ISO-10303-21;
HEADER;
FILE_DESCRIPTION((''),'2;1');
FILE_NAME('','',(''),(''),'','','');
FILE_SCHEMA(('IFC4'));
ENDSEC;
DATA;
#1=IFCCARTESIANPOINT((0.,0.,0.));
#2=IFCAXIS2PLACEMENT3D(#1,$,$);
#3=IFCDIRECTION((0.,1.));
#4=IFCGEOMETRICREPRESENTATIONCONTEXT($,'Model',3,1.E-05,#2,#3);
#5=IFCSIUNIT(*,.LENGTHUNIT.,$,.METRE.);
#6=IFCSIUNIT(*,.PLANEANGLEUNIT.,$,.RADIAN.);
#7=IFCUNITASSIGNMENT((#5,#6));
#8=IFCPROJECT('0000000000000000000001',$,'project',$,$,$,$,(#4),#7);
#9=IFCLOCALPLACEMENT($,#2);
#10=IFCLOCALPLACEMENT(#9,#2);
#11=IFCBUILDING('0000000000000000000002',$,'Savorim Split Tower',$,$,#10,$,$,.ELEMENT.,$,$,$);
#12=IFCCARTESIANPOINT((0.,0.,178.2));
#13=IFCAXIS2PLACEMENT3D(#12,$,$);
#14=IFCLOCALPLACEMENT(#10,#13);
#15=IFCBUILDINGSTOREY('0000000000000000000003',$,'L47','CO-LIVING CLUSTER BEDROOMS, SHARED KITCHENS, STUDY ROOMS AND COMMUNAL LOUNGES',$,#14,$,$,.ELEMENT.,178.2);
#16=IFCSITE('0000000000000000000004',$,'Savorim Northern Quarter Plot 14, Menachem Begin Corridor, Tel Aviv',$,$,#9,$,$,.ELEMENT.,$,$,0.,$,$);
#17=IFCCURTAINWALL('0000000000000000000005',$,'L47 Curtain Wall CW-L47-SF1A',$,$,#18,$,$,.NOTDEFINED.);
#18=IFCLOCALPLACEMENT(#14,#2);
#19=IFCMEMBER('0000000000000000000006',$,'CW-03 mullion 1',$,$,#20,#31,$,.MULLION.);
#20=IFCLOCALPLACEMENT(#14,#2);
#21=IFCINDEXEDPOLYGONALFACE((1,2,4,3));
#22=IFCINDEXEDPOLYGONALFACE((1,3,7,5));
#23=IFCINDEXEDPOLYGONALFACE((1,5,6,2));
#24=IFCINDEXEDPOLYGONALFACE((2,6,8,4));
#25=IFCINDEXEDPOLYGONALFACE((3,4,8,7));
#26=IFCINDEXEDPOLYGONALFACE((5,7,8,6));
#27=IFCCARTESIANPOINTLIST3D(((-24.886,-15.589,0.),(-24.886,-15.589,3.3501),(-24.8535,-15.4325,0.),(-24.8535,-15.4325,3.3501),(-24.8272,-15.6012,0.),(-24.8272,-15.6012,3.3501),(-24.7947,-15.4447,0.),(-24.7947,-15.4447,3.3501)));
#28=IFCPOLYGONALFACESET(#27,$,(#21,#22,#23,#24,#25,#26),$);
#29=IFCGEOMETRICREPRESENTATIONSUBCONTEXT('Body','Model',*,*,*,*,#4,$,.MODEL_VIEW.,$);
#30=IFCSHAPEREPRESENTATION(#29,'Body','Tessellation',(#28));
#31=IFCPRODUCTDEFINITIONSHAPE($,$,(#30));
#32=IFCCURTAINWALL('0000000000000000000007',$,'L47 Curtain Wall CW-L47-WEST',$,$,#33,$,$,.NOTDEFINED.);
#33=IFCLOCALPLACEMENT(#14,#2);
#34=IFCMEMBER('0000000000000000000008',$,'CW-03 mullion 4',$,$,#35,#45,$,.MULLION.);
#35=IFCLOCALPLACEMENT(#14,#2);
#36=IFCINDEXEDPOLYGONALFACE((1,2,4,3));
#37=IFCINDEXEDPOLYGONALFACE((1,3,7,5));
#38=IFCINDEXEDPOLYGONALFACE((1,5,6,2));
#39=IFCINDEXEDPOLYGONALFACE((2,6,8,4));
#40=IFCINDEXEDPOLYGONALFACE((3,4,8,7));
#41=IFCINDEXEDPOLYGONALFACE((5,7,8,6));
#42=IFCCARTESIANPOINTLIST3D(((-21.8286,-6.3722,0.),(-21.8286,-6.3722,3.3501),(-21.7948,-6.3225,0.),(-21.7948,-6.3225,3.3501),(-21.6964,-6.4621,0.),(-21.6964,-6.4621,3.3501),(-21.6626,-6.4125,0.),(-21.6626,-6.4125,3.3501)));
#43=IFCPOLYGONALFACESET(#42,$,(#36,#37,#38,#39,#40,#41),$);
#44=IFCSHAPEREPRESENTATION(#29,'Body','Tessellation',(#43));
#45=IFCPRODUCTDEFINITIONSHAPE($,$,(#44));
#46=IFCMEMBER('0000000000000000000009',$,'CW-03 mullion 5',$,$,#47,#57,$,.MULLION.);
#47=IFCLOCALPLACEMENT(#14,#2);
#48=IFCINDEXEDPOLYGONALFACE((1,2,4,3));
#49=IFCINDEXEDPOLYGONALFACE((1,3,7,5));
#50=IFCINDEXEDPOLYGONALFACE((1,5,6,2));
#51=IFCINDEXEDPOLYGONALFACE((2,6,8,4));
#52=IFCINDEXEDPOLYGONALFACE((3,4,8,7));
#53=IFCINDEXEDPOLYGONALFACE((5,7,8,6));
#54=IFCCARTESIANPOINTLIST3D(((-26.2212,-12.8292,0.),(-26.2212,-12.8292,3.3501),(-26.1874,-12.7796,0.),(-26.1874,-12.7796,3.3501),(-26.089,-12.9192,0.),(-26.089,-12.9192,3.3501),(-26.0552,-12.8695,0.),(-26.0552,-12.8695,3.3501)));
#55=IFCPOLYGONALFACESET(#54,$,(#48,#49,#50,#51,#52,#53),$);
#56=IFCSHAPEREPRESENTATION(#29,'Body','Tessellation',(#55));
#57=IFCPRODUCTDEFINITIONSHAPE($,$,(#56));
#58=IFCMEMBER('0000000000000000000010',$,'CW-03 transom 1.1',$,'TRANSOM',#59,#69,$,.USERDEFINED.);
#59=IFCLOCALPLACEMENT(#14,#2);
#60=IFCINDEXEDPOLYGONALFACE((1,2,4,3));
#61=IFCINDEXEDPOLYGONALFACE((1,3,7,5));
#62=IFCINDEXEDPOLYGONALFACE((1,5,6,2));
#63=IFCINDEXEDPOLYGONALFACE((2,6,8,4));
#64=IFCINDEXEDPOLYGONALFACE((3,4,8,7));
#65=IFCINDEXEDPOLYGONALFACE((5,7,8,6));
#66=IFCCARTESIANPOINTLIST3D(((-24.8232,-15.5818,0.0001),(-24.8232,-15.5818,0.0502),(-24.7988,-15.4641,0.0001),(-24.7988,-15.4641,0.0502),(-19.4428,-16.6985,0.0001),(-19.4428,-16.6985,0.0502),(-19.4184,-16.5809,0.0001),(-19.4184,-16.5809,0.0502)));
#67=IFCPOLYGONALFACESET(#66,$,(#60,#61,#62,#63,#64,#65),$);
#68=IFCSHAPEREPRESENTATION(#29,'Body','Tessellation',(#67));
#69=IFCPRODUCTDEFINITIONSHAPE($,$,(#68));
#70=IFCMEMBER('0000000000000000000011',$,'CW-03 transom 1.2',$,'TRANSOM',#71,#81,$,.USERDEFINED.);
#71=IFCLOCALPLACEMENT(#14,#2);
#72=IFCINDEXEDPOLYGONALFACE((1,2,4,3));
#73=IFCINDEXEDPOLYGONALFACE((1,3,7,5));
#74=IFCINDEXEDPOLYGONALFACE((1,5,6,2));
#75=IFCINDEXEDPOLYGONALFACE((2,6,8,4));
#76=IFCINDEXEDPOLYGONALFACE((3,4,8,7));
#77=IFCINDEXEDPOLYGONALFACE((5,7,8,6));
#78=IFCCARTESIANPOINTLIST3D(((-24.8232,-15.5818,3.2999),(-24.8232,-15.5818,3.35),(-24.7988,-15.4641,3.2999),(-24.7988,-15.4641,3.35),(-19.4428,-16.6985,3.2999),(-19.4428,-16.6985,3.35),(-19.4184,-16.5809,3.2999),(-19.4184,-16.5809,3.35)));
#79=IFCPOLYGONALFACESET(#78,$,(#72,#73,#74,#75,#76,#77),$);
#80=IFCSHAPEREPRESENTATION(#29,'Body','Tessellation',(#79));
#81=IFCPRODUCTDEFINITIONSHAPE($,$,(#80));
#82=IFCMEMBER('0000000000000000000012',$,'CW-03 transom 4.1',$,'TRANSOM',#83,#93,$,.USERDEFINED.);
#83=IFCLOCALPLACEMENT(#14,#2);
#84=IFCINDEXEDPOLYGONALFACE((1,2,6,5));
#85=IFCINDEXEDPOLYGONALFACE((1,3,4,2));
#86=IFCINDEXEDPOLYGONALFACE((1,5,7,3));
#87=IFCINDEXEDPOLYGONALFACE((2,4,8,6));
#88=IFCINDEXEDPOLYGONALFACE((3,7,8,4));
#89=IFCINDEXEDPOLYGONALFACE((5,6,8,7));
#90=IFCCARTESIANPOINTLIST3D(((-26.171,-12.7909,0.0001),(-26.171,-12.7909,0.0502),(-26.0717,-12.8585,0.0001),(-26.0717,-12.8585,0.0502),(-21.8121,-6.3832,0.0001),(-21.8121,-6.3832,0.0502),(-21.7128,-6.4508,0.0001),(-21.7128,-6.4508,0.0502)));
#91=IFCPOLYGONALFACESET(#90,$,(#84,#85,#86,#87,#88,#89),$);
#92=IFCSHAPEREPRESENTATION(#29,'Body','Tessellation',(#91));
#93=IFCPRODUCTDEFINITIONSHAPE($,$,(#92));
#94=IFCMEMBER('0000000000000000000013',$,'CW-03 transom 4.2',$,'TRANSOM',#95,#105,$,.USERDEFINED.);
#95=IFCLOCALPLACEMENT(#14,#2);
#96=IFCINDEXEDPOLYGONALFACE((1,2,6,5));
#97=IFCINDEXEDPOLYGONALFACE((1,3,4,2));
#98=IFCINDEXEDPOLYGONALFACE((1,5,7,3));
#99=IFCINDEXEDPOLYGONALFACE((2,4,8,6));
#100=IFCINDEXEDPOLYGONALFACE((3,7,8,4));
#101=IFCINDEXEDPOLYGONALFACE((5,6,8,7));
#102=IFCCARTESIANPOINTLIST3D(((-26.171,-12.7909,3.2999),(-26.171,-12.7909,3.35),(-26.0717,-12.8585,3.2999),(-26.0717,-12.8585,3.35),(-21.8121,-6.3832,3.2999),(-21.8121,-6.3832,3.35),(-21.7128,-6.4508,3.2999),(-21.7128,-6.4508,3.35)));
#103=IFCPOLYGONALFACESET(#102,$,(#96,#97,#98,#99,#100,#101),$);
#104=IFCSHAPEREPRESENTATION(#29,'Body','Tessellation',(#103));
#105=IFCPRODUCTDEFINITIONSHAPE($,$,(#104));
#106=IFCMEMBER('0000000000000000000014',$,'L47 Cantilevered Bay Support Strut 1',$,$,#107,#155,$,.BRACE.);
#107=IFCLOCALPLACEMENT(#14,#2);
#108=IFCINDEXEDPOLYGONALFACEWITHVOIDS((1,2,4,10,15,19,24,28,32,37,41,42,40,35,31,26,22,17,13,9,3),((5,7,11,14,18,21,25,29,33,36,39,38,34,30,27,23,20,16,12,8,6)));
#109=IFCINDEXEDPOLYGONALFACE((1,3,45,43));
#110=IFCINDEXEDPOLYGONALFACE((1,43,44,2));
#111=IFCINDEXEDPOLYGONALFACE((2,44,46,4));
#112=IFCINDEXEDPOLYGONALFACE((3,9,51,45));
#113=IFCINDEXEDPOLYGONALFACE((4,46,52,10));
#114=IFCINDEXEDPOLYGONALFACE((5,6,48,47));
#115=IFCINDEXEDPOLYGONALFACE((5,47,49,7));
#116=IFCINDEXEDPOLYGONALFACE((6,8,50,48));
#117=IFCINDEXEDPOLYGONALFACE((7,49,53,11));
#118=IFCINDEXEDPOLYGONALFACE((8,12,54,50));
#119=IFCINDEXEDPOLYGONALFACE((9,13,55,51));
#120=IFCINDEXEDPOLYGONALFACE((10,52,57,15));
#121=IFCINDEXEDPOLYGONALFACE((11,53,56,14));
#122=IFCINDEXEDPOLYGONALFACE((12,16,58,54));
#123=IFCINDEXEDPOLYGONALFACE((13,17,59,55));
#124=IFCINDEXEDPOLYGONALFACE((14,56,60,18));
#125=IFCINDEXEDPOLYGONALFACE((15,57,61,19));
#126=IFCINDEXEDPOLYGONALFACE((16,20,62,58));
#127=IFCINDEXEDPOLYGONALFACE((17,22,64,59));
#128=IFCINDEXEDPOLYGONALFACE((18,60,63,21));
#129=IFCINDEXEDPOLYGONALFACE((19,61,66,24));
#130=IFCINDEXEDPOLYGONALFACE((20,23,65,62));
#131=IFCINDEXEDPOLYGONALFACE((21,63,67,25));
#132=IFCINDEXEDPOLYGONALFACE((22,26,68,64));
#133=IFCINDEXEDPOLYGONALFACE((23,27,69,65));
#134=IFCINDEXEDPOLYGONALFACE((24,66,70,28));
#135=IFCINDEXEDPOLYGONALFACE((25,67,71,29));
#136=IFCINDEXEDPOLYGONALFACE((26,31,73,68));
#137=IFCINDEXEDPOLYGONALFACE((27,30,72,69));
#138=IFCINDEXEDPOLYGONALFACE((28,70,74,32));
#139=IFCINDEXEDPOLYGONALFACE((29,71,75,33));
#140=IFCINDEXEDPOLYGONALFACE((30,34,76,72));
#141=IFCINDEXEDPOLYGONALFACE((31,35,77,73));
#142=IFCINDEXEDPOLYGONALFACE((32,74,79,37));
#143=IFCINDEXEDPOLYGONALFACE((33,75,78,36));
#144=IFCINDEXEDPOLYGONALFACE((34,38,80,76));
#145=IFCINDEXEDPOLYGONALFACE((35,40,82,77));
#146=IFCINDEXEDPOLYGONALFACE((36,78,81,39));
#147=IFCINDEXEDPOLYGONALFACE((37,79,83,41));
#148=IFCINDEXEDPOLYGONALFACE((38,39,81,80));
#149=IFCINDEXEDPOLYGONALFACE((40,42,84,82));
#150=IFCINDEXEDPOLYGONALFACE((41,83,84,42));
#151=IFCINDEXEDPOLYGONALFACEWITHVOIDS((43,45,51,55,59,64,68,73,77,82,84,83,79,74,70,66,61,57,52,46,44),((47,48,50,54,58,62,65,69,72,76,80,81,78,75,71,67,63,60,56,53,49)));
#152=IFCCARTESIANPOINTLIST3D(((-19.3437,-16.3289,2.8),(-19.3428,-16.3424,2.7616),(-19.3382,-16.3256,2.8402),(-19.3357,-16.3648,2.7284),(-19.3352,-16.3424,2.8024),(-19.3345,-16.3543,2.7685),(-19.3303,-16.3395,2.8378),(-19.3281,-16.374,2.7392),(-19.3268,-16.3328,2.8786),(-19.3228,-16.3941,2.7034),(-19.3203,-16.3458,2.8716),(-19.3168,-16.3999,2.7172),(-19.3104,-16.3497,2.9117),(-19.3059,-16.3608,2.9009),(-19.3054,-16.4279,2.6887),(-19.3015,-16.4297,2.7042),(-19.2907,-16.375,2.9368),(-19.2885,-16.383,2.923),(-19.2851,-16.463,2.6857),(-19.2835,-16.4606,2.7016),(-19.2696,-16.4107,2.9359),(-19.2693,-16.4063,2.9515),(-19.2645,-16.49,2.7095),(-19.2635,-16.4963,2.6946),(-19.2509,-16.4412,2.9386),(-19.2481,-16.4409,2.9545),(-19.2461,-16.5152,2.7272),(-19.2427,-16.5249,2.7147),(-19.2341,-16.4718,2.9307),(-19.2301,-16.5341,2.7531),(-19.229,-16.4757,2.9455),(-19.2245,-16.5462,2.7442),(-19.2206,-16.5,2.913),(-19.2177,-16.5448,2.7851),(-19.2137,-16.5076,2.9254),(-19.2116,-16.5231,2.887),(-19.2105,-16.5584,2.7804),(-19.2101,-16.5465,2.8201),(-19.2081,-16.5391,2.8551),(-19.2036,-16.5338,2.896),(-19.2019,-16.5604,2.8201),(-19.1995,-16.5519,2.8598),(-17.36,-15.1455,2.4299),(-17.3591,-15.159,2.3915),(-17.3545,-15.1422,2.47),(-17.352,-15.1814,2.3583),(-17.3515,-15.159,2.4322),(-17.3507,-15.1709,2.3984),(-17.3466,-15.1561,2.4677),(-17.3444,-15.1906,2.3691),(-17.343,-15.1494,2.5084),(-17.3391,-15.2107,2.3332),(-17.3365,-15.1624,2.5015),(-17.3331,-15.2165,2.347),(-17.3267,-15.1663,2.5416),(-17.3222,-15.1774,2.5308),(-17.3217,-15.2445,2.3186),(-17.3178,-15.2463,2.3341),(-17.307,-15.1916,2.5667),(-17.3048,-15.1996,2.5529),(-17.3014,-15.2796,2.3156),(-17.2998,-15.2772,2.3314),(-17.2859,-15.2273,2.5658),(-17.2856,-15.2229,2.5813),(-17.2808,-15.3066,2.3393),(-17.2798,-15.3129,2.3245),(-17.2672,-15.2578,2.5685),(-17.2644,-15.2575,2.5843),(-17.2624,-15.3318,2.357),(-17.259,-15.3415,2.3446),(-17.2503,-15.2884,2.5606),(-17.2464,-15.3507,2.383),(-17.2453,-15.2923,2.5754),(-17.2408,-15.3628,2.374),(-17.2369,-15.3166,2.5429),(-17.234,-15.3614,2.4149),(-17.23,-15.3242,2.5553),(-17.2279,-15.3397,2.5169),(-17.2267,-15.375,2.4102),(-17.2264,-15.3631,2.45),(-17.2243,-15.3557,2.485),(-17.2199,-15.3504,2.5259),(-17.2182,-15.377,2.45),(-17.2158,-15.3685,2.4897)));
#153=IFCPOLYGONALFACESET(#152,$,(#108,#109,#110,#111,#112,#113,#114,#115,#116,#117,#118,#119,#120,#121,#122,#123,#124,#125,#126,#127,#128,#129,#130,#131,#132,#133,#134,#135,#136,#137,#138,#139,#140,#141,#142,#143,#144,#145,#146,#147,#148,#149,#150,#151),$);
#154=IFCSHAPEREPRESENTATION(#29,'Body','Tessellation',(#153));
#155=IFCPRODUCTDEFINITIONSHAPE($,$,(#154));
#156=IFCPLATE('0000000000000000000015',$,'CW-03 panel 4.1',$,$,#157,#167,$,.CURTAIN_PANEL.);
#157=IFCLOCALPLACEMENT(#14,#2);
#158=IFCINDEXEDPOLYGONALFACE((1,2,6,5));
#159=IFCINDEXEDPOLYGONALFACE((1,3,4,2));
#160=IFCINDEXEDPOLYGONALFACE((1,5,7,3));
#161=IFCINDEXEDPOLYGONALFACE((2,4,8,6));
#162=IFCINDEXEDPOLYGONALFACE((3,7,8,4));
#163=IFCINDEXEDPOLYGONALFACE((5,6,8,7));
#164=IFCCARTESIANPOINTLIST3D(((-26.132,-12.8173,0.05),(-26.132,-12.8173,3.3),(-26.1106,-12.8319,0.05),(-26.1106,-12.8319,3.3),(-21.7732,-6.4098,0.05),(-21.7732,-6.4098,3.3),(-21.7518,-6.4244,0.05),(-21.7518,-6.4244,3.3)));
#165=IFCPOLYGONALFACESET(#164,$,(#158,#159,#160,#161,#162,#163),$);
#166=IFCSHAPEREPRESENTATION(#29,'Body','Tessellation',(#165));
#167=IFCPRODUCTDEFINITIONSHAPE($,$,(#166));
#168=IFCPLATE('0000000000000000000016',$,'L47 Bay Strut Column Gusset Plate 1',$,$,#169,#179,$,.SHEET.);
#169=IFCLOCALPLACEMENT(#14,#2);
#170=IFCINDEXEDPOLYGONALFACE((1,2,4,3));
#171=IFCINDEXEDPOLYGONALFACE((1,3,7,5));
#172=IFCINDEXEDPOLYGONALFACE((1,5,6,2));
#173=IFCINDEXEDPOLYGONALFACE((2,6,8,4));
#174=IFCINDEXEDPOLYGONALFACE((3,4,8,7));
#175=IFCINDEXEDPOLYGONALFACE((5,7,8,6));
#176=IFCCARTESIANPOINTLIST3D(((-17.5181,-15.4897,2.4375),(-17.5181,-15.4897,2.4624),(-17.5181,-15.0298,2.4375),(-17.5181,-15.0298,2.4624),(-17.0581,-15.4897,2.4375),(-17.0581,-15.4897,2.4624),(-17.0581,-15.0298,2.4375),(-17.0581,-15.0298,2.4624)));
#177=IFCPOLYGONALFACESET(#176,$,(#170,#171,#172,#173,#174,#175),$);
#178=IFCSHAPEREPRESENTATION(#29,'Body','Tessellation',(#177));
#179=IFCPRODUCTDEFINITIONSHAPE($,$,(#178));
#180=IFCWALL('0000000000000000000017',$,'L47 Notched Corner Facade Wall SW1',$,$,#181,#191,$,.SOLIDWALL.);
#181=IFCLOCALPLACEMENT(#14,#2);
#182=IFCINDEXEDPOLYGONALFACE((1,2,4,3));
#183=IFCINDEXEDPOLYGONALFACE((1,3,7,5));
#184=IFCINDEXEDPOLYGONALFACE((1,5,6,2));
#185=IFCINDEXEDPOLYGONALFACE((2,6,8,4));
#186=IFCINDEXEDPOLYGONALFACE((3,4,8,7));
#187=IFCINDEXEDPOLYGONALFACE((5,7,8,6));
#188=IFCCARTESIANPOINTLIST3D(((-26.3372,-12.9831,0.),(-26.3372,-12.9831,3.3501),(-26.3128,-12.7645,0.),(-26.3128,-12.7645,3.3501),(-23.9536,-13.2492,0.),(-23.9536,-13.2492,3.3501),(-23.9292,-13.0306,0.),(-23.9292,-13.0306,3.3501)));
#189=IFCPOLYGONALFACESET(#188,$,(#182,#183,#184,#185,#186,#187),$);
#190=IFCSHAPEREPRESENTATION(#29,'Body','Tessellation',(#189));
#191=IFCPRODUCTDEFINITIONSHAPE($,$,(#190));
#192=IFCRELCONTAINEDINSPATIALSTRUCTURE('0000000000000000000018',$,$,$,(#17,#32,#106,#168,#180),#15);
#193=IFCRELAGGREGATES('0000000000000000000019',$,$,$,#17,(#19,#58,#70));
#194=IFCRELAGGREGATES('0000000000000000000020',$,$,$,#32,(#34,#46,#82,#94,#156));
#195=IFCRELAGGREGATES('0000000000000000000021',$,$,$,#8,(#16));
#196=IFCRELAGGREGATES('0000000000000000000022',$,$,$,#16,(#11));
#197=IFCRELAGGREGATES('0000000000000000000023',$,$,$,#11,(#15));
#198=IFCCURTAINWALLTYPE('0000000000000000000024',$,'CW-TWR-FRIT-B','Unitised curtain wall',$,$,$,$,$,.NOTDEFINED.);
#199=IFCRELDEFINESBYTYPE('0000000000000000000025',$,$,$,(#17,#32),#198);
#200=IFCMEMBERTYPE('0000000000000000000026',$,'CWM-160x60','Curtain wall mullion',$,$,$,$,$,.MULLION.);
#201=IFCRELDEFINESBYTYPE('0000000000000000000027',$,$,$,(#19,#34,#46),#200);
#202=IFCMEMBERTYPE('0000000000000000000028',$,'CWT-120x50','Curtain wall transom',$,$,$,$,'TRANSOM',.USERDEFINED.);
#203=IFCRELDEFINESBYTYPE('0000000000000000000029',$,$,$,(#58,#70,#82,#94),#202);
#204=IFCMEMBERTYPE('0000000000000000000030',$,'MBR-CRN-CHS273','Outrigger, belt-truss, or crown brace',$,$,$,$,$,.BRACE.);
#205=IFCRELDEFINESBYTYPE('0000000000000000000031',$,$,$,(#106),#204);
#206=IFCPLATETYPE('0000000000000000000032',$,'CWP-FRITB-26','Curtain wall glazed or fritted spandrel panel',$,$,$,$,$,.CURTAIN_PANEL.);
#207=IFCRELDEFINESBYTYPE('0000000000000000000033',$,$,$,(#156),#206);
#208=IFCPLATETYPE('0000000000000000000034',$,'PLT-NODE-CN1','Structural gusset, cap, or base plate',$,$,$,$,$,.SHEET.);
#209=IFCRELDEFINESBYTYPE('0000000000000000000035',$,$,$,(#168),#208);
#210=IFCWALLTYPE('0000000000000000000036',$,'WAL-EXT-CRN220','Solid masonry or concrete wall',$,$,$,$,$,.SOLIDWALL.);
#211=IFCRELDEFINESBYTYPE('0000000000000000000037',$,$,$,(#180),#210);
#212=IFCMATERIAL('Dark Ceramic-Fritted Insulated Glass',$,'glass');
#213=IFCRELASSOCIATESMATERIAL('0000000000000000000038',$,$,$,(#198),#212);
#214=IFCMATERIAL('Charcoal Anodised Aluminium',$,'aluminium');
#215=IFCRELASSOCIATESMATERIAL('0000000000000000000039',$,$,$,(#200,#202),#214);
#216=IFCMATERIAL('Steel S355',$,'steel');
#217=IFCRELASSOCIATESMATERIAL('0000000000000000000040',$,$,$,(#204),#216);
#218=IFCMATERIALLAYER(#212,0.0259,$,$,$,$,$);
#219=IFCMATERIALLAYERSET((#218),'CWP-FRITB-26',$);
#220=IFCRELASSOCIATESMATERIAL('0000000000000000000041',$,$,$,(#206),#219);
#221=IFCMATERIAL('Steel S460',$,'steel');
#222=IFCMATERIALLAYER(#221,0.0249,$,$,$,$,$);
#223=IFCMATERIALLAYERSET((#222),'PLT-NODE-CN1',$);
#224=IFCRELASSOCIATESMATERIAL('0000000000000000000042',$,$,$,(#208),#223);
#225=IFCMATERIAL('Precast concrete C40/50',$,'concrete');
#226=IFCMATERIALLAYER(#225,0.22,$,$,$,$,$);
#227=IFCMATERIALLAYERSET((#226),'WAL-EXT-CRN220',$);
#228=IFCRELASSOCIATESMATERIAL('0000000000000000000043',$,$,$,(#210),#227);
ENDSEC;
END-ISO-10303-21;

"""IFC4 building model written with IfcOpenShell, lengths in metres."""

from ifc_helpers import new_model, si_unit, direction, frame, frame_2d, origin, origin_2d, place, context, subcontext, project, spatial, rectangle, hollow_circle, extrude, material, layer, layer_set, material_profile, profile_set, type_object, element, aggregate, save


model = new_model("IFC4")

# Units and contexts
model_context = context("Model", 3, precision=1e-05, world=origin(), true_north=direction((0.0, 1.0)))
body_context = subcontext(model_context, "Body", "Model", "MODEL_VIEW")
ifc_project = project(units=[si_unit("LENGTHUNIT", "METRE"), si_unit("PLANEANGLEUNIT", "RADIAN")], contexts=[model_context])

# Site, building, storey
site_placement = place(None, origin())
site = spatial("IfcSite", under=ifc_project, at=site_placement, Name="Savorim Northern Quarter Plot 14, Menachem Begin Corridor, Tel Aviv", CompositionType="ELEMENT", RefElevation=0.0)
building_placement = place(site_placement, origin())
building = spatial("IfcBuilding", under=site, at=building_placement, Name="Savorim Split Tower", CompositionType="ELEMENT")
storey_placement = place(building_placement, frame((0.0, 0.0, 178.2)))
storey = spatial("IfcBuildingStorey", under=building, at=storey_placement, Name="L47", Description="CO-LIVING CLUSTER BEDROOMS, SHARED KITCHENS, STUDY ROOMS AND COMMUNAL LOUNGES", CompositionType="ELEMENT", Elevation=178.2)

# Shared definitions
ifc_material_1 = material(Name="Steel S460", Category="steel")

# Shared definitions
ifc_material_2 = material(Name="Steel S355", Category="steel")

# Curtain wall, member
ifc_material_3 = material(Name="Dark Ceramic-Fritted Insulated Glass", Category="glass")
curtain_wall_type = type_object("IfcCurtainWallType", Name="CW-TWR-FRIT-B", Description="Unitised curtain wall", PredefinedType="NOTDEFINED", material=ifc_material_3)
curtain_wall_1_placement = place(storey_placement, origin())
curtain_wall_1 = element("IfcCurtainWall", 1, at=curtain_wall_1_placement, inside=storey, type_object=curtain_wall_type, Name="L47 Curtain Wall CW-L47-SF1A", PredefinedType="NOTDEFINED")
ifc_material_4 = material(Name="Charcoal Anodised Aluminium", Category="aluminium")
ifc_material_profile_1 = material_profile(ifc_material_4, rectangle(XDim=0.1599, YDim=0.0601, at=origin_2d()), Name="ALU-M 160x60")
ifc_profile_set_1 = profile_set([ifc_material_profile_1], Name="Charcoal Anodised Aluminium")
member_type_1 = type_object("IfcMemberType", Name="CWM-160x60", Description="Curtain wall mullion", PredefinedType="MULLION", material=ifc_profile_set_1)
member_1_placement = place(storey_placement, frame((-24.8403, -15.5168, 0.0), z_axis=(0.0, 0.0, 1.0), x_axis=(0.203221, 0.979133, 0.0)))
member_1 = element("IfcMember", 2, at=member_1_placement, type_object=member_type_1, Name="CW-03 mullion 1", PredefinedType="MULLION", context=body_context, shape_type="SweptSolid", body=[
    extrude(rectangle(XDim=0.1599, YDim=0.0601, at=origin_2d()), origin(), (0.0, 0.0, 1.0), 3.3501),
])

# Curtain wall, members
curtain_wall_2_placement = place(storey_placement, origin())
curtain_wall_2 = element("IfcCurtainWall", 3, at=curtain_wall_2_placement, inside=storey, type_object=curtain_wall_type, Name="L47 Curtain Wall CW-L47-WEST", PredefinedType="NOTDEFINED")
member_2_placement = place(storey_placement, frame((-21.7456, -6.3923, 0.0), z_axis=(0.0, 0.0, 1.0), x_axis=(0.826819, -0.562468, 0.0)))
member_2 = element("IfcMember", 4, at=member_2_placement, type_object=member_type_1, Name="CW-03 mullion 4", PredefinedType="MULLION", context=body_context, shape_type="SweptSolid", body=[
    extrude(rectangle(XDim=0.1599, YDim=0.0601, at=origin_2d()), origin(), (0.0, 0.0, 1.0), 3.3501),
])
member_3_placement = place(storey_placement, frame((-26.1382, -12.8494, 0.0), z_axis=(0.0, 0.0, 1.0), x_axis=(0.826819, -0.562468, 0.0)))
member_3 = element("IfcMember", 5, at=member_3_placement, type_object=member_type_1, Name="CW-03 mullion 5", PredefinedType="MULLION", context=body_context, shape_type="SweptSolid", body=[
    extrude(rectangle(XDim=0.1599, YDim=0.0601, at=origin_2d()), origin(), (0.0, 0.0, 1.0), 3.3501),
])

# Members
ifc_material_profile_2 = material_profile(ifc_material_4, rectangle(XDim=0.1201, YDim=0.05, at=origin_2d()), Name="ALU-T 120x50")
ifc_profile_set_2 = profile_set([ifc_material_profile_2], Name="Charcoal Anodised Aluminium")
member_type_2 = type_object("IfcMemberType", Name="CWT-120x50", Description="Curtain wall transom", ElementType="TRANSOM", PredefinedType="USERDEFINED", material=ifc_profile_set_2)
member_4_placement = place(storey_placement, frame((-24.811, -15.5229, 0.0251), z_axis=(0.979133, -0.20322, 0.0), x_axis=(0.20322, 0.979133, 0.0)))
member_4 = element("IfcMember", 6, at=member_4_placement, type_object=member_type_2, Name="CW-03 transom 1.1", ObjectType="TRANSOM", PredefinedType="USERDEFINED", context=body_context, shape_type="SweptSolid", body=[
    extrude(rectangle(XDim=0.1201, YDim=0.05, at=origin_2d()), origin(), (0.0, 0.0, 1.0), 5.4951),
])
member_5_placement = place(storey_placement, frame((-24.811, -15.5229, 3.325), z_axis=(0.979133, -0.20322, 0.0), x_axis=(0.20322, 0.979133, 0.0)))
member_5 = element("IfcMember", 7, at=member_5_placement, type_object=member_type_2, Name="CW-03 transom 1.2", ObjectType="TRANSOM", PredefinedType="USERDEFINED", context=body_context, shape_type="SweptSolid", body=[
    extrude(rectangle(XDim=0.1201, YDim=0.05, at=origin_2d()), origin(), (0.0, 0.0, 1.0), 5.4951),
])
aggregate(curtain_wall_1, [member_1, member_4, member_5])
member_6_placement = place(storey_placement, frame((-21.7625, -6.417, 0.0251), z_axis=(-0.562455, -0.826828, 0.0), x_axis=(0.826828, -0.562455, 0.0)))
member_6 = element("IfcMember", 8, at=member_6_placement, type_object=member_type_2, Name="CW-03 transom 4.1", ObjectType="TRANSOM", PredefinedType="USERDEFINED", context=body_context, shape_type="SweptSolid", body=[
    extrude(rectangle(XDim=0.1201, YDim=0.05, at=origin_2d()), origin(), (0.0, 0.0, 1.0), 7.7498),
])
member_7_placement = place(storey_placement, frame((-21.7625, -6.417, 3.325), z_axis=(-0.562455, -0.826828, 0.0), x_axis=(0.826828, -0.562455, 0.0)))
member_7 = element("IfcMember", 9, at=member_7_placement, type_object=member_type_2, Name="CW-03 transom 4.2", ObjectType="TRANSOM", PredefinedType="USERDEFINED", context=body_context, shape_type="SweptSolid", body=[
    extrude(rectangle(XDim=0.1201, YDim=0.05, at=origin_2d()), origin(), (0.0, 0.0, 1.0), 7.7498),
])
ifc_material_profile_3 = material_profile(ifc_material_2, hollow_circle(Radius=0.1365, WallThickness=0.0161, at=origin_2d()), Name="CHS 273x16")
ifc_profile_set_3 = profile_set([ifc_material_profile_3], Name="Steel S355")
member_type_3 = type_object("IfcMemberType", Name="MBR-CRN-CHS273", Description="Outrigger, belt-truss, or crown brace", PredefinedType="BRACE", material=ifc_profile_set_3)
member_8_placement = place(storey_placement, frame((-17.2881, -15.2598, 2.45), z_axis=(-0.847978, -0.505865, 0.15822), x_axis=(0.512318, -0.858796, 0.0)))
element("IfcMember", 10, at=member_8_placement, inside=storey, type_object=member_type_3, Name="L47 Cantilevered Bay Support Strut 1", PredefinedType="BRACE", context=body_context, shape_type="SweptSolid", body=[
    extrude(hollow_circle(Radius=0.1365, WallThickness=0.0161, at=origin_2d()), origin(), (0.0, 0.0, 1.0), 2.3394),
])

# Plates
ifc_layer_1 = layer(ifc_material_3, 0.0259)
ifc_layer_set_1 = layer_set([ifc_layer_1], Name="CWP-FRITB-26")
plate_type_1 = type_object("IfcPlateType", Name="CWP-FRITB-26", Description="Curtain wall glazed or fritted spandrel panel", PredefinedType="CURTAIN_PANEL", material=ifc_layer_set_1)
plate_1_placement = place(storey_placement, frame((-23.9419, -9.6208, 0.05), z_axis=(0.0, 0.0, 1.0), x_axis=(-0.562468, -0.826819, 0.0)))
plate_1 = element("IfcPlate", 11, at=plate_1_placement, type_object=plate_type_1, Name="CW-03 panel 4.1", PredefinedType="CURTAIN_PANEL", context=body_context, shape_type="SweptSolid", body=[
    extrude(rectangle(XDim=7.7495, YDim=0.0259, at=origin_2d()), origin(), (0.0, 0.0, 1.0), 3.25),
])
aggregate(curtain_wall_2, [member_2, member_3, member_6, member_7, plate_1])
ifc_layer_2 = layer(ifc_material_1, 0.0249)
ifc_layer_set_2 = layer_set([ifc_layer_2], Name="PLT-NODE-CN1")
plate_type_2 = type_object("IfcPlateType", Name="PLT-NODE-CN1", Description="Structural gusset, cap, or base plate", PredefinedType="SHEET", material=ifc_layer_set_2)
plate_2_placement = place(storey_placement, frame((-17.2881, -15.2598, 2.4375), z_axis=(0.0, 0.0, 1.0), x_axis=(1.0, 0.0, 0.0)))
element("IfcPlate", 12, at=plate_2_placement, inside=storey, type_object=plate_type_2, Name="L47 Bay Strut Column Gusset Plate 1", PredefinedType="SHEET", context=body_context, shape_type="SweptSolid", body=[
    extrude(rectangle(XDim=0.46, YDim=0.46, at=origin_2d()), origin(), (0.0, 0.0, 1.0), 0.0249),
])

# Wall
ifc_material_5 = material(Name="Precast concrete C40/50", Category="concrete")
ifc_layer_3 = layer(ifc_material_5, 0.22)
ifc_layer_set_3 = layer_set([ifc_layer_3], Name="WAL-EXT-CRN220")
wall_type = type_object("IfcWallType", Name="WAL-EXT-CRN220", Description="Solid masonry or concrete wall", PredefinedType="SOLIDWALL", material=ifc_layer_set_3)
wall_1_placement = place(storey_placement, frame((-23.9414, -13.1399, 0.0), z_axis=(0.0, 0.0, 1.0), x_axis=(-0.993825, 0.110957, 0.0)))
element("IfcWall", 13, at=wall_1_placement, inside=storey, type_object=wall_type, Name="L47 Notched Corner Facade Wall SW1", PredefinedType="SOLIDWALL", context=body_context, shape_type="SweptSolid", body=[
    extrude(rectangle(XDim=2.3984, YDim=0.22, at=frame_2d((1.1992, 0.0))), origin(), (0.0, 0.0, 1.0), 3.3501),
])

save(model, "model.ifc")
